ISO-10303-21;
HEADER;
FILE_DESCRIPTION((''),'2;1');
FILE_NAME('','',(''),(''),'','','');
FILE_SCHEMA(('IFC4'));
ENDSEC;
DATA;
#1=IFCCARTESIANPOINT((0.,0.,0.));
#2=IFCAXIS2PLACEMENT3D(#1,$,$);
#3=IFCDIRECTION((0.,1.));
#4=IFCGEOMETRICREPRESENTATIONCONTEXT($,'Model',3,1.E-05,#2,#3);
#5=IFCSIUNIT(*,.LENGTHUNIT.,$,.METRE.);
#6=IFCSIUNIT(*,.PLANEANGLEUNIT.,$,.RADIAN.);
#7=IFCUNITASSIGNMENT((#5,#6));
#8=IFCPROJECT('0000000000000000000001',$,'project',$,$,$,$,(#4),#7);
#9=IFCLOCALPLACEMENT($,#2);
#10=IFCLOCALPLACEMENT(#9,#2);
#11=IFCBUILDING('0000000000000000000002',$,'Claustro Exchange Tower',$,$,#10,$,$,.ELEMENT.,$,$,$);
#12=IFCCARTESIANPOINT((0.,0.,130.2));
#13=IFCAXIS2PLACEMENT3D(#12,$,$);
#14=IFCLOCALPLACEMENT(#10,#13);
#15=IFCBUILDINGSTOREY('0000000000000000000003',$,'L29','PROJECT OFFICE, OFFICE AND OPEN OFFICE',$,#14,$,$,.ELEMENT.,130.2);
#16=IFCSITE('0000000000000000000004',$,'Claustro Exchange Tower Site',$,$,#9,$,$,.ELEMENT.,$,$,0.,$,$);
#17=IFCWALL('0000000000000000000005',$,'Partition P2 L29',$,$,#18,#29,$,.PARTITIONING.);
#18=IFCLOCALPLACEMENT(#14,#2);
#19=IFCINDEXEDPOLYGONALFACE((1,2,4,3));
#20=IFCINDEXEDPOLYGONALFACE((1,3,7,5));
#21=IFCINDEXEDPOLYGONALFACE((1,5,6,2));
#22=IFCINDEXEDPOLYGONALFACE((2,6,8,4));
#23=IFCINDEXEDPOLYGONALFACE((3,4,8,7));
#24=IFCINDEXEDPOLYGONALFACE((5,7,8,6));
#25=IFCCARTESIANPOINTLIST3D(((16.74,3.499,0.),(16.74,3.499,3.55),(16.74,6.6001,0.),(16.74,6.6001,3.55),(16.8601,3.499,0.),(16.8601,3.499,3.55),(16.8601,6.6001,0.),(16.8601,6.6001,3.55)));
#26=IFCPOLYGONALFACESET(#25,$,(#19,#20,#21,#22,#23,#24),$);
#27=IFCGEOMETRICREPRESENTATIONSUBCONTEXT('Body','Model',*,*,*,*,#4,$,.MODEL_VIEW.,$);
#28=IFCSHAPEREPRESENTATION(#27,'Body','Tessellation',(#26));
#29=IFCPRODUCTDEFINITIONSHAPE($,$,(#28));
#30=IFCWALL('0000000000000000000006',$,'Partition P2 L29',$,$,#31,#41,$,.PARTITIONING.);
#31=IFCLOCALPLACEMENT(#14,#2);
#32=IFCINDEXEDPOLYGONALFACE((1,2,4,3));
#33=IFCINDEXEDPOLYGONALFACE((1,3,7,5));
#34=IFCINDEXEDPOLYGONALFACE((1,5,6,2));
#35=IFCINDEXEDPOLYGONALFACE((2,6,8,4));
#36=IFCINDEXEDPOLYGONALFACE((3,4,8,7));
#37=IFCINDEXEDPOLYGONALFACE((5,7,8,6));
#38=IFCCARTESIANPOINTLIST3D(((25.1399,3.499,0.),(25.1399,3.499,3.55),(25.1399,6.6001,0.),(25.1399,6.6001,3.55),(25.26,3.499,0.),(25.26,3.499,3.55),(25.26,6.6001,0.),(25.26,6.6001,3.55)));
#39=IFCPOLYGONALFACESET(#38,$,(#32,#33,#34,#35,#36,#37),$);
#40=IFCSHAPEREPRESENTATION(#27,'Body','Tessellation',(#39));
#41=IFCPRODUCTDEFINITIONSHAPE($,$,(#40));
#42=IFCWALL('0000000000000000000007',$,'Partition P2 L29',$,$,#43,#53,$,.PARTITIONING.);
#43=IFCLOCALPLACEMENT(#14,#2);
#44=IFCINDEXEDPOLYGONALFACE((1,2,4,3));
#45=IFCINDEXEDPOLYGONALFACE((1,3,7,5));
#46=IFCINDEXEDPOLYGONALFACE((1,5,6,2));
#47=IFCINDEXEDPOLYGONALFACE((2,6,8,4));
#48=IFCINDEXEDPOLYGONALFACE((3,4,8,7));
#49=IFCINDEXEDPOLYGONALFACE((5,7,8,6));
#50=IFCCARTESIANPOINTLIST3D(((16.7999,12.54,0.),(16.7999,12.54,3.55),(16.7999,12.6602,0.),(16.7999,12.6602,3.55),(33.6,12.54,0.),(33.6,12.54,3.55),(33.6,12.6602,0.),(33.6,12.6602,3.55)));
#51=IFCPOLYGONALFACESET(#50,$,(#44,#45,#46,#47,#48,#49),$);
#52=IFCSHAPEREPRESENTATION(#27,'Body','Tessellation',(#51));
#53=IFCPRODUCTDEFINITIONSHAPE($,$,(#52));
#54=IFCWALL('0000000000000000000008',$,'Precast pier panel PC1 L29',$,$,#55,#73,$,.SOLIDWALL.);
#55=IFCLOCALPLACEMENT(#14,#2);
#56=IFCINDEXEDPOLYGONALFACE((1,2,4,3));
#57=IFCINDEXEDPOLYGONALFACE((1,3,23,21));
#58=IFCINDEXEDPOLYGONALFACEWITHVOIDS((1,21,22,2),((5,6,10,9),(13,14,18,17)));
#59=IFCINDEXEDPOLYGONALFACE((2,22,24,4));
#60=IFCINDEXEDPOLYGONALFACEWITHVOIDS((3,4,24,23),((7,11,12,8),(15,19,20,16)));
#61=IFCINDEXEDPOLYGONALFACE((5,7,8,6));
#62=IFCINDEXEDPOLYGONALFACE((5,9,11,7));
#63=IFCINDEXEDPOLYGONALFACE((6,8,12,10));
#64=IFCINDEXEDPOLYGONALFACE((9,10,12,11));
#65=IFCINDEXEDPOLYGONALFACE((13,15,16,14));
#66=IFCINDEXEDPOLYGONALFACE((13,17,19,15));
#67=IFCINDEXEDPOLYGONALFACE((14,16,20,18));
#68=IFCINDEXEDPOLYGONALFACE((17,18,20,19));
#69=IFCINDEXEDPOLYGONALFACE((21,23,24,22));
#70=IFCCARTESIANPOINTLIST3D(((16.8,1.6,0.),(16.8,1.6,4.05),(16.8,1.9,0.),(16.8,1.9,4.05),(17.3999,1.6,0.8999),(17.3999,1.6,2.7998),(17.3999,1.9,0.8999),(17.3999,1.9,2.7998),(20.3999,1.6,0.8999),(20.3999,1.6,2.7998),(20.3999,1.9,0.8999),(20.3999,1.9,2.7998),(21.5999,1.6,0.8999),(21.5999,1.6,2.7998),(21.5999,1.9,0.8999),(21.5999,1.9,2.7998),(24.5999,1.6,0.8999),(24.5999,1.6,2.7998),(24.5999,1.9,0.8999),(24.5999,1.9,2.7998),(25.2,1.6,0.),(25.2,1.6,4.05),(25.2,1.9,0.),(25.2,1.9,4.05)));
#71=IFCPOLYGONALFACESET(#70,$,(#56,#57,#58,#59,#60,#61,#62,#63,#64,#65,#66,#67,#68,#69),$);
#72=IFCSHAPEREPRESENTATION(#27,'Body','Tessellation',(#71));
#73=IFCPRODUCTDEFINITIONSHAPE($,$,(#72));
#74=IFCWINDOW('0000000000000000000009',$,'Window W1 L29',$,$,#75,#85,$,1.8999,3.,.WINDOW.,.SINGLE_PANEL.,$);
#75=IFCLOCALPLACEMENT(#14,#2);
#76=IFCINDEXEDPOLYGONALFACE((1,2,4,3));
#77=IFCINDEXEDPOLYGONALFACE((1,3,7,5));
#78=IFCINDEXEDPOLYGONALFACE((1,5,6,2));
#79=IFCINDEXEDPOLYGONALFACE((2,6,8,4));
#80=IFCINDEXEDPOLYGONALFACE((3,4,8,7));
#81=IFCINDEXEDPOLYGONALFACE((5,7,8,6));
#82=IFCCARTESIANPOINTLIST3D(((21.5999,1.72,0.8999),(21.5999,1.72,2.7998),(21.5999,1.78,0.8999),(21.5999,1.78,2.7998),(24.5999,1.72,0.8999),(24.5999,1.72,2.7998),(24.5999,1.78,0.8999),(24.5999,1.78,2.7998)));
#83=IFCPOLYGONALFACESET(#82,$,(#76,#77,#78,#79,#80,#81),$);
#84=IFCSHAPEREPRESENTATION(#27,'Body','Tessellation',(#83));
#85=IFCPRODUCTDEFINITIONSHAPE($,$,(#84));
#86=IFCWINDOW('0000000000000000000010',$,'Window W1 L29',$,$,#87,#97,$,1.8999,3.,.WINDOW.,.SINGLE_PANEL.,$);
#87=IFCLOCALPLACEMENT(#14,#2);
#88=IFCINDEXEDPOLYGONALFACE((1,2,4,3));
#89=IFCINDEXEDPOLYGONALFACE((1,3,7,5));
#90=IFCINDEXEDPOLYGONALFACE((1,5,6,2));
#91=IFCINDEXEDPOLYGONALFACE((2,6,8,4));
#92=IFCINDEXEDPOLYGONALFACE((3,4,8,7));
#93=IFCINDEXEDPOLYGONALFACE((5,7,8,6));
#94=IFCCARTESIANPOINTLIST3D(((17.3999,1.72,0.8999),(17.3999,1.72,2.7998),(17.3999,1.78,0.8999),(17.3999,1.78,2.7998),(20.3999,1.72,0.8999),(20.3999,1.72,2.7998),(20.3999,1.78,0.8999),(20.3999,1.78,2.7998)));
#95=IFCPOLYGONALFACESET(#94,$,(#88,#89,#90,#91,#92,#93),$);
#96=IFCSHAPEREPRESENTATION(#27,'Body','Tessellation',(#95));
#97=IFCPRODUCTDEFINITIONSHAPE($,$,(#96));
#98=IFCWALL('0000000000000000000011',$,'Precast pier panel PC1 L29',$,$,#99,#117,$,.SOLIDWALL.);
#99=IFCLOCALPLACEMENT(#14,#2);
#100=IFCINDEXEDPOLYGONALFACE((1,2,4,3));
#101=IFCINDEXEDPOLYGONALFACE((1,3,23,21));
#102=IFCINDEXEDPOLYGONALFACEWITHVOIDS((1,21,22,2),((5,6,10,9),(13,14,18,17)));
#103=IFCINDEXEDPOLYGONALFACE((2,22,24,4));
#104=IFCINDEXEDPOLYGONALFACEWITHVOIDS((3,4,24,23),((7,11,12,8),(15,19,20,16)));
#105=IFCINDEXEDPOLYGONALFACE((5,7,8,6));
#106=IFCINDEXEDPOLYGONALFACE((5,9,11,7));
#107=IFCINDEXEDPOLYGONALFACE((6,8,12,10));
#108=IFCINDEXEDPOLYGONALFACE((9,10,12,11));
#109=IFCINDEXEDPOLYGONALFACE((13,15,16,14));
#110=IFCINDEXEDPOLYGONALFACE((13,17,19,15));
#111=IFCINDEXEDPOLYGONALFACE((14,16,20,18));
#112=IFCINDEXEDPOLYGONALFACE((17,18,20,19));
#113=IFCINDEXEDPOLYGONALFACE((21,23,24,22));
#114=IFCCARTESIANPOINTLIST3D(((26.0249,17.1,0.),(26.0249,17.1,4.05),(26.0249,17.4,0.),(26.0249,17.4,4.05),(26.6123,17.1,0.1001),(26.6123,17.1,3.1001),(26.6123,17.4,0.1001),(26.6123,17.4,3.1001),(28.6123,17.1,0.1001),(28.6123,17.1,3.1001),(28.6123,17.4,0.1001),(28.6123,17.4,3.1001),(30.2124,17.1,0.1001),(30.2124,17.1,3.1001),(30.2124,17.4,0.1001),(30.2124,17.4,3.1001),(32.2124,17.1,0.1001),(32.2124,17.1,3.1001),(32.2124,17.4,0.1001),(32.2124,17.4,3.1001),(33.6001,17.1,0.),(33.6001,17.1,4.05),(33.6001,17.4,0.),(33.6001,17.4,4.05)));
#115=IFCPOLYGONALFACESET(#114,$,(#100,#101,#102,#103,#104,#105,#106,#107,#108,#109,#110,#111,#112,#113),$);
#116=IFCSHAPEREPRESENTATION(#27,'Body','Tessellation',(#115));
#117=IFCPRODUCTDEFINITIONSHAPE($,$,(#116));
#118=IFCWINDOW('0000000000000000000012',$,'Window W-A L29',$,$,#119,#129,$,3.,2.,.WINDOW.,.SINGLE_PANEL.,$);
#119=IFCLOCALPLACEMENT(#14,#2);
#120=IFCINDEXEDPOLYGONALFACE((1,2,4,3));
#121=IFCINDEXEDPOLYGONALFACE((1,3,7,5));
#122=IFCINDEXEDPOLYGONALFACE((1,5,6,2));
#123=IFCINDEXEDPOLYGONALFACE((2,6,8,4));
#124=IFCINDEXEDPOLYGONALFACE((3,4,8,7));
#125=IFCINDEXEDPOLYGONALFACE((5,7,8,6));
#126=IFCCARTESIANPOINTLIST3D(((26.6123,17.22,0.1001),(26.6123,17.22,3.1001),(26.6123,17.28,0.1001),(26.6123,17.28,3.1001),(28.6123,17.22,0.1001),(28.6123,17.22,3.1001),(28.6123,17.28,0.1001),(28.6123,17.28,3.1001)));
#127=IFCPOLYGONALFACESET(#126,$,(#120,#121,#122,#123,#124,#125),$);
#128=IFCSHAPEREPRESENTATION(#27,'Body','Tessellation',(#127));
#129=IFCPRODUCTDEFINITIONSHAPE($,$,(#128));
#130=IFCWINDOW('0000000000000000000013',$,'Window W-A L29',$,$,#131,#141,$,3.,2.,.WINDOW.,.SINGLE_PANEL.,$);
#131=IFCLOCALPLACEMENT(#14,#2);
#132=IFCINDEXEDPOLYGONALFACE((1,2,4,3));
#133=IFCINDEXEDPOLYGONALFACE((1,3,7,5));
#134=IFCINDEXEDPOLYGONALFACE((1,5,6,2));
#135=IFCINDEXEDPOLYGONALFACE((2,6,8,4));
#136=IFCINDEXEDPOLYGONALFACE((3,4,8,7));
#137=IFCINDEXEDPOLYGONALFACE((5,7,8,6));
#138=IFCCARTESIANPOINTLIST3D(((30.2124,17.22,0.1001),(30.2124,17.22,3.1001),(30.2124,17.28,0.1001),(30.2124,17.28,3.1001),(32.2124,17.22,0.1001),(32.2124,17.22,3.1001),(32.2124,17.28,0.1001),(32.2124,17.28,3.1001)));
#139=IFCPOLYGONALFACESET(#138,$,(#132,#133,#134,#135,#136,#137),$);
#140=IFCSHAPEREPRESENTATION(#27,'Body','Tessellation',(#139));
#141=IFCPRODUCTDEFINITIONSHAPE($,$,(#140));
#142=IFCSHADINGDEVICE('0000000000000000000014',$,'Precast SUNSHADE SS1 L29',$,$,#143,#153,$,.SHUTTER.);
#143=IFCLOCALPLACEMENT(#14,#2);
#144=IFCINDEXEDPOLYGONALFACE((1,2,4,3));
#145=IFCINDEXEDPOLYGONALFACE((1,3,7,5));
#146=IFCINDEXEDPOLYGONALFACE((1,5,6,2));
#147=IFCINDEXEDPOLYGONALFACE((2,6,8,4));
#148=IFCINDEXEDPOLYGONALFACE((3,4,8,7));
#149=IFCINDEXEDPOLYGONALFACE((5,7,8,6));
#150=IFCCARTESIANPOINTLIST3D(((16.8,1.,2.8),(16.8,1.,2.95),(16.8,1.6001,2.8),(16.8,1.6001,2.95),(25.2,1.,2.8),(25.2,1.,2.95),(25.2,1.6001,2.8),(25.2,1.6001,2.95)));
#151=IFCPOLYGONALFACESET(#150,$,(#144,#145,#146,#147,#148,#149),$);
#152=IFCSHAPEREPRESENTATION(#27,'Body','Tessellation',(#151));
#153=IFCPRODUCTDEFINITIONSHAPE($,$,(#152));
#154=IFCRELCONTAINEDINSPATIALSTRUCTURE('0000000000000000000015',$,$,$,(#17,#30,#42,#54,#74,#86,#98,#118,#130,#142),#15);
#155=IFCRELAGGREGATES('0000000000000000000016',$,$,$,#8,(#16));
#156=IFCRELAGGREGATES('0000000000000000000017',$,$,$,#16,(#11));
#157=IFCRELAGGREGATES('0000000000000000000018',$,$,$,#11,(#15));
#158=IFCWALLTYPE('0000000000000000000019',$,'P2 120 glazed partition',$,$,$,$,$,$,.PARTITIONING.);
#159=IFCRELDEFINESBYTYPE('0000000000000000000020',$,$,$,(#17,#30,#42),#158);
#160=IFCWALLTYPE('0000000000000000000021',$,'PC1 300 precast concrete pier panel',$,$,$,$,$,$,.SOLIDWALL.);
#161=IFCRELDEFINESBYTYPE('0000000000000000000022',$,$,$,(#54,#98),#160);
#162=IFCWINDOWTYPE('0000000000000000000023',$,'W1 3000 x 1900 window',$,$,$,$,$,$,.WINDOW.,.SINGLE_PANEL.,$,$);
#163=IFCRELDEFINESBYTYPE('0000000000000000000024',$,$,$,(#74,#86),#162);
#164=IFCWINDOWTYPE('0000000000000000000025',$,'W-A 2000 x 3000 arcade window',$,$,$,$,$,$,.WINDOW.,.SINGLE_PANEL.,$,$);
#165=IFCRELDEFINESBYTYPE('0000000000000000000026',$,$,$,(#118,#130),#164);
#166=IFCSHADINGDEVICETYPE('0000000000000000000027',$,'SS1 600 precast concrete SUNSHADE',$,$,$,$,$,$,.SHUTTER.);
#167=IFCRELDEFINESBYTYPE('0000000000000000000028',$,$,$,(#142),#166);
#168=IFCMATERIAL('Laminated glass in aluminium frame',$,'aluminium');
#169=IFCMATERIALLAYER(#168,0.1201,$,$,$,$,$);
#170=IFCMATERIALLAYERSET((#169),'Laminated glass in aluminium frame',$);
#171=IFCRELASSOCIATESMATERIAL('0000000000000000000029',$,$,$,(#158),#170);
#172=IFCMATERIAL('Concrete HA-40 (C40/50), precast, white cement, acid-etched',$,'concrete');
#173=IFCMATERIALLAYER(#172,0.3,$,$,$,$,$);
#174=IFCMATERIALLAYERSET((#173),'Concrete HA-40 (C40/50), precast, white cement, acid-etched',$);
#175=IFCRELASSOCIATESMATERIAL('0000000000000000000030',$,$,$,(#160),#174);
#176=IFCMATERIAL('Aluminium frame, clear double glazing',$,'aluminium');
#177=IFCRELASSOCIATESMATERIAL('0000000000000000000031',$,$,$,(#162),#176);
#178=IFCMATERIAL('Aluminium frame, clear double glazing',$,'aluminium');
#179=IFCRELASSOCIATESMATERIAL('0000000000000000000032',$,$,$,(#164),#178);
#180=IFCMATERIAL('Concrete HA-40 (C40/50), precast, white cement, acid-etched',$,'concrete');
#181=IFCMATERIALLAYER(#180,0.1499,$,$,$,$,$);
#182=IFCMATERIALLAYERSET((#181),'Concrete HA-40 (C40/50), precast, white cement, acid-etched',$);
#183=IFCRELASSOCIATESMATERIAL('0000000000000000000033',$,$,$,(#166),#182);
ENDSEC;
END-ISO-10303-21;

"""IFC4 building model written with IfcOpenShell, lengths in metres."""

from ifc_helpers import new_model, si_unit, direction, frame, frame_2d, origin, origin_2d, place, context, subcontext, project, spatial, rectangle, extrude, material, layer, layer_set, type_object, element, fill, save


model = new_model("IFC4")

# Units and contexts
model_context = context("Model", 3, precision=1e-05, world=origin(), true_north=direction((0.0, 1.0)))
body_context = subcontext(model_context, "Body", "Model", "MODEL_VIEW")
ifc_project = project(units=[si_unit("LENGTHUNIT", "METRE"), si_unit("PLANEANGLEUNIT", "RADIAN")], contexts=[model_context])

# Site, building, storey
site_placement = place(None, origin())
site = spatial("IfcSite", under=ifc_project, at=site_placement, Name="Claustro Exchange Tower Site", CompositionType="ELEMENT", RefElevation=0.0)
building_placement = place(site_placement, origin())
building = spatial("IfcBuilding", under=site, at=building_placement, Name="Claustro Exchange Tower", CompositionType="ELEMENT")
storey_placement = place(building_placement, frame((0.0, 0.0, 130.2)))
storey = spatial("IfcBuildingStorey", under=building, at=storey_placement, Name="L29", Description="PROJECT OFFICE, OFFICE AND OPEN OFFICE", CompositionType="ELEMENT", Elevation=130.2)

# Walls
ifc_material_1 = material(Name="Laminated glass in aluminium frame", Category="aluminium")
ifc_layer_1 = layer(ifc_material_1, 0.1201)
ifc_layer_set_1 = layer_set([ifc_layer_1], Name="Laminated glass in aluminium frame")
wall_type_1 = type_object("IfcWallType", Name="P2 120 glazed partition", PredefinedType="PARTITIONING", material=ifc_layer_set_1)
for number, where, z_axis, x_axis, name in (
    (1, (16.8, 3.499, 0.0), (0.0, 0.0, 1.0), (0.0, 1.0, 0.0), "Partition P2 L29"),
    (2, (25.2, 3.499, 0.0), (0.0, 0.0, 1.0), (0.0, 1.0, 0.0), "Partition P2 L29"),
):
    element("IfcWall", number, at=place(storey_placement, frame(where, z_axis=z_axis, x_axis=x_axis)), inside=storey, type_object=wall_type_1, Name=name, PredefinedType="PARTITIONING", context=body_context, shape_type="SweptSolid", body=[
        extrude(rectangle(XDim=3.1011, YDim=0.1201, at=frame_2d((1.5505, 0.0))), origin(), (0.0, 0.0, 1.0), 3.55),
    ])
wall_1_placement = place(storey_placement, frame((16.8, 12.6001, 0.0), z_axis=(0.0, 0.0, 1.0), x_axis=(1.0, 0.0, 0.0)))
element("IfcWall", 3, at=wall_1_placement, inside=storey, type_object=wall_type_1, Name="Partition P2 L29", PredefinedType="PARTITIONING", context=body_context, shape_type="SweptSolid", body=[
    extrude(rectangle(XDim=16.8, YDim=0.1201, at=frame_2d((8.3999, 0.0))), origin(), (0.0, 0.0, 1.0), 3.55),
])

# Walls, openings, windows
ifc_material_2 = material(Name="Concrete HA-40 (C40/50), precast, white cement, acid-etched", Category="concrete")
ifc_layer_2 = layer(ifc_material_2, 0.3)
ifc_layer_set_2 = layer_set([ifc_layer_2], Name="Concrete HA-40 (C40/50), precast, white cement, acid-etched")
wall_type_2 = type_object("IfcWallType", Name="PC1 300 precast concrete pier panel", PredefinedType="SOLIDWALL", material=ifc_layer_set_2)
wall_2_placement = place(storey_placement, frame((25.2, 1.75, 0.0), z_axis=(0.0, 0.0, 1.0), x_axis=(-1.0, 0.0, 0.0)))
wall_2 = element("IfcWall", 4, at=wall_2_placement, inside=storey, type_object=wall_type_2, Name="Precast pier panel PC1 L29", PredefinedType="SOLIDWALL", context=body_context, shape_type="SweptSolid", body=[
    extrude(rectangle(XDim=8.3999, YDim=0.3, at=frame_2d((4.2, 0.0))), origin(), (0.0, 0.0, 1.0), 4.05),
])
opening_1_placement = place(wall_2_placement, frame((0.6001, 0.0, 0.8999)))
opening_1 = element("IfcOpeningElement", 5, at=opening_1_placement, cuts=wall_2, PredefinedType="OPENING", context=body_context, shape_type="SweptSolid", body=[
    extrude(rectangle(XDim=3.0, YDim=1.8999, at=frame_2d((1.5, 0.95))), frame((0.0, 0.1599, 0.0), z_axis=(0.0, -1.0, 0.0), x_axis=(1.0, 0.0, 0.0)), (0.0, 0.0, 1.0), 0.3201),
])
opening_2_placement = place(wall_2_placement, frame((4.8, 0.0, 0.8999)))
opening_2 = element("IfcOpeningElement", 6, at=opening_2_placement, cuts=wall_2, PredefinedType="OPENING", context=body_context, shape_type="SweptSolid", body=[
    extrude(rectangle(XDim=3.0, YDim=1.8999, at=frame_2d((1.5, 0.95))), frame((0.0, 0.1599, 0.0), z_axis=(0.0, -1.0, 0.0), x_axis=(1.0, 0.0, 0.0)), (0.0, 0.0, 1.0), 0.3201),
])
ifc_material_3 = material(Name="Aluminium frame, clear double glazing", Category="aluminium")
window_type_1 = type_object("IfcWindowType", Name="W1 3000 x 1900 window", PartitioningType="SINGLE_PANEL", PredefinedType="WINDOW", material=ifc_material_3)
window_1_placement = place(opening_1_placement, origin())
window_1 = element("IfcWindow", 7, at=window_1_placement, inside=storey, type_object=window_type_1, Name="Window W1 L29", OverallHeight=1.8999, OverallWidth=3.0, PartitioningType="SINGLE_PANEL", PredefinedType="WINDOW", context=body_context, shape_type="SweptSolid", body=[
    extrude(rectangle(XDim=3.0, YDim=1.8999, at=frame_2d((1.5, 0.95))), frame((0.0, 0.03, 0.0), z_axis=(0.0, -1.0, 0.0), x_axis=(1.0, 0.0, 0.0)), (0.0, 0.0, 1.0), 0.0601),
])
fill(opening_1, window_1)
window_2_placement = place(opening_2_placement, origin())
window_2 = element("IfcWindow", 8, at=window_2_placement, inside=storey, type_object=window_type_1, Name="Window W1 L29", OverallHeight=1.8999, OverallWidth=3.0, PartitioningType="SINGLE_PANEL", PredefinedType="WINDOW", context=body_context, shape_type="SweptSolid", body=[
    extrude(rectangle(XDim=3.0, YDim=1.8999, at=frame_2d((1.5, 0.95))), frame((0.0, 0.03, 0.0), z_axis=(0.0, -1.0, 0.0), x_axis=(1.0, 0.0, 0.0)), (0.0, 0.0, 1.0), 0.0601),
])
fill(opening_2, window_2)
wall_3_placement = place(storey_placement, frame((26.0249, 17.25, 0.0), z_axis=(0.0, 0.0, 1.0), x_axis=(1.0, 0.0, 0.0)))
wall_3 = element("IfcWall", 9, at=wall_3_placement, inside=storey, type_object=wall_type_2, Name="Precast pier panel PC1 L29", PredefinedType="SOLIDWALL", context=body_context, shape_type="SweptSolid", body=[
    extrude(rectangle(XDim=7.5752, YDim=0.3, at=frame_2d((3.7876, 0.0))), origin(), (0.0, 0.0, 1.0), 4.05),
])
opening_3_placement = place(wall_3_placement, frame((0.5874, 0.0, 0.1001)))
opening_3 = element("IfcOpeningElement", 10, at=opening_3_placement, cuts=wall_3, PredefinedType="OPENING", context=body_context, shape_type="SweptSolid", body=[
    extrude(rectangle(XDim=2.0, YDim=3.0, at=frame_2d((1.0, 1.5))), frame((0.0, 0.1599, 0.0), z_axis=(0.0, -1.0, 0.0), x_axis=(1.0, 0.0, 0.0)), (0.0, 0.0, 1.0), 0.3201),
])
opening_4_placement = place(wall_3_placement, frame((4.1875, 0.0, 0.1001)))
opening_4 = element("IfcOpeningElement", 11, at=opening_4_placement, cuts=wall_3, PredefinedType="OPENING", context=body_context, shape_type="SweptSolid", body=[
    extrude(rectangle(XDim=2.0, YDim=3.0, at=frame_2d((1.0, 1.5))), frame((0.0, 0.1599, 0.0), z_axis=(0.0, -1.0, 0.0), x_axis=(1.0, 0.0, 0.0)), (0.0, 0.0, 1.0), 0.3201),
])
ifc_material_4 = material(Name="Aluminium frame, clear double glazing", Category="aluminium")
window_type_2 = type_object("IfcWindowType", Name="W-A 2000 x 3000 arcade window", PartitioningType="SINGLE_PANEL", PredefinedType="WINDOW", material=ifc_material_4)
window_3_placement = place(opening_3_placement, origin())
window_3 = element("IfcWindow", 12, at=window_3_placement, inside=storey, type_object=window_type_2, Name="Window W-A L29", OverallHeight=3.0, OverallWidth=2.0, PartitioningType="SINGLE_PANEL", PredefinedType="WINDOW", context=body_context, shape_type="SweptSolid", body=[
    extrude(rectangle(XDim=2.0, YDim=3.0, at=frame_2d((1.0, 1.5))), frame((0.0, 0.03, 0.0), z_axis=(0.0, -1.0, 0.0), x_axis=(1.0, 0.0, 0.0)), (0.0, 0.0, 1.0), 0.0601),
])
fill(opening_3, window_3)
window_4_placement = place(opening_4_placement, origin())
window_4 = element("IfcWindow", 13, at=window_4_placement, inside=storey, type_object=window_type_2, Name="Window W-A L29", OverallHeight=3.0, OverallWidth=2.0, PartitioningType="SINGLE_PANEL", PredefinedType="WINDOW", context=body_context, shape_type="SweptSolid", body=[
    extrude(rectangle(XDim=2.0, YDim=3.0, at=frame_2d((1.0, 1.5))), frame((0.0, 0.03, 0.0), z_axis=(0.0, -1.0, 0.0), x_axis=(1.0, 0.0, 0.0)), (0.0, 0.0, 1.0), 0.0601),
])
fill(opening_4, window_4)

# Shading device
ifc_material_5 = material(Name="Concrete HA-40 (C40/50), precast, white cement, acid-etched", Category="concrete")
ifc_layer_3 = layer(ifc_material_5, 0.1499)
ifc_layer_set_3 = layer_set([ifc_layer_3], Name="Concrete HA-40 (C40/50), precast, white cement, acid-etched")
shading_device_type = type_object("IfcShadingDeviceType", Name="SS1 600 precast concrete SUNSHADE", PredefinedType="SHUTTER", material=ifc_layer_set_3)
shading_device_placement = place(storey_placement, frame((21.0, 1.3, 2.8), z_axis=(0.0, 0.0, 1.0), x_axis=(-1.0, 0.0, 0.0)))
element("IfcShadingDevice", 14, at=shading_device_placement, inside=storey, type_object=shading_device_type, Name="Precast SUNSHADE SS1 L29", PredefinedType="SHUTTER", context=body_context, shape_type="SweptSolid", body=[
    extrude(rectangle(XDim=8.3999, YDim=0.6001, at=origin_2d()), origin(), (0.0, 0.0, 1.0), 0.1499),
])

save(model, "model.ifc")
